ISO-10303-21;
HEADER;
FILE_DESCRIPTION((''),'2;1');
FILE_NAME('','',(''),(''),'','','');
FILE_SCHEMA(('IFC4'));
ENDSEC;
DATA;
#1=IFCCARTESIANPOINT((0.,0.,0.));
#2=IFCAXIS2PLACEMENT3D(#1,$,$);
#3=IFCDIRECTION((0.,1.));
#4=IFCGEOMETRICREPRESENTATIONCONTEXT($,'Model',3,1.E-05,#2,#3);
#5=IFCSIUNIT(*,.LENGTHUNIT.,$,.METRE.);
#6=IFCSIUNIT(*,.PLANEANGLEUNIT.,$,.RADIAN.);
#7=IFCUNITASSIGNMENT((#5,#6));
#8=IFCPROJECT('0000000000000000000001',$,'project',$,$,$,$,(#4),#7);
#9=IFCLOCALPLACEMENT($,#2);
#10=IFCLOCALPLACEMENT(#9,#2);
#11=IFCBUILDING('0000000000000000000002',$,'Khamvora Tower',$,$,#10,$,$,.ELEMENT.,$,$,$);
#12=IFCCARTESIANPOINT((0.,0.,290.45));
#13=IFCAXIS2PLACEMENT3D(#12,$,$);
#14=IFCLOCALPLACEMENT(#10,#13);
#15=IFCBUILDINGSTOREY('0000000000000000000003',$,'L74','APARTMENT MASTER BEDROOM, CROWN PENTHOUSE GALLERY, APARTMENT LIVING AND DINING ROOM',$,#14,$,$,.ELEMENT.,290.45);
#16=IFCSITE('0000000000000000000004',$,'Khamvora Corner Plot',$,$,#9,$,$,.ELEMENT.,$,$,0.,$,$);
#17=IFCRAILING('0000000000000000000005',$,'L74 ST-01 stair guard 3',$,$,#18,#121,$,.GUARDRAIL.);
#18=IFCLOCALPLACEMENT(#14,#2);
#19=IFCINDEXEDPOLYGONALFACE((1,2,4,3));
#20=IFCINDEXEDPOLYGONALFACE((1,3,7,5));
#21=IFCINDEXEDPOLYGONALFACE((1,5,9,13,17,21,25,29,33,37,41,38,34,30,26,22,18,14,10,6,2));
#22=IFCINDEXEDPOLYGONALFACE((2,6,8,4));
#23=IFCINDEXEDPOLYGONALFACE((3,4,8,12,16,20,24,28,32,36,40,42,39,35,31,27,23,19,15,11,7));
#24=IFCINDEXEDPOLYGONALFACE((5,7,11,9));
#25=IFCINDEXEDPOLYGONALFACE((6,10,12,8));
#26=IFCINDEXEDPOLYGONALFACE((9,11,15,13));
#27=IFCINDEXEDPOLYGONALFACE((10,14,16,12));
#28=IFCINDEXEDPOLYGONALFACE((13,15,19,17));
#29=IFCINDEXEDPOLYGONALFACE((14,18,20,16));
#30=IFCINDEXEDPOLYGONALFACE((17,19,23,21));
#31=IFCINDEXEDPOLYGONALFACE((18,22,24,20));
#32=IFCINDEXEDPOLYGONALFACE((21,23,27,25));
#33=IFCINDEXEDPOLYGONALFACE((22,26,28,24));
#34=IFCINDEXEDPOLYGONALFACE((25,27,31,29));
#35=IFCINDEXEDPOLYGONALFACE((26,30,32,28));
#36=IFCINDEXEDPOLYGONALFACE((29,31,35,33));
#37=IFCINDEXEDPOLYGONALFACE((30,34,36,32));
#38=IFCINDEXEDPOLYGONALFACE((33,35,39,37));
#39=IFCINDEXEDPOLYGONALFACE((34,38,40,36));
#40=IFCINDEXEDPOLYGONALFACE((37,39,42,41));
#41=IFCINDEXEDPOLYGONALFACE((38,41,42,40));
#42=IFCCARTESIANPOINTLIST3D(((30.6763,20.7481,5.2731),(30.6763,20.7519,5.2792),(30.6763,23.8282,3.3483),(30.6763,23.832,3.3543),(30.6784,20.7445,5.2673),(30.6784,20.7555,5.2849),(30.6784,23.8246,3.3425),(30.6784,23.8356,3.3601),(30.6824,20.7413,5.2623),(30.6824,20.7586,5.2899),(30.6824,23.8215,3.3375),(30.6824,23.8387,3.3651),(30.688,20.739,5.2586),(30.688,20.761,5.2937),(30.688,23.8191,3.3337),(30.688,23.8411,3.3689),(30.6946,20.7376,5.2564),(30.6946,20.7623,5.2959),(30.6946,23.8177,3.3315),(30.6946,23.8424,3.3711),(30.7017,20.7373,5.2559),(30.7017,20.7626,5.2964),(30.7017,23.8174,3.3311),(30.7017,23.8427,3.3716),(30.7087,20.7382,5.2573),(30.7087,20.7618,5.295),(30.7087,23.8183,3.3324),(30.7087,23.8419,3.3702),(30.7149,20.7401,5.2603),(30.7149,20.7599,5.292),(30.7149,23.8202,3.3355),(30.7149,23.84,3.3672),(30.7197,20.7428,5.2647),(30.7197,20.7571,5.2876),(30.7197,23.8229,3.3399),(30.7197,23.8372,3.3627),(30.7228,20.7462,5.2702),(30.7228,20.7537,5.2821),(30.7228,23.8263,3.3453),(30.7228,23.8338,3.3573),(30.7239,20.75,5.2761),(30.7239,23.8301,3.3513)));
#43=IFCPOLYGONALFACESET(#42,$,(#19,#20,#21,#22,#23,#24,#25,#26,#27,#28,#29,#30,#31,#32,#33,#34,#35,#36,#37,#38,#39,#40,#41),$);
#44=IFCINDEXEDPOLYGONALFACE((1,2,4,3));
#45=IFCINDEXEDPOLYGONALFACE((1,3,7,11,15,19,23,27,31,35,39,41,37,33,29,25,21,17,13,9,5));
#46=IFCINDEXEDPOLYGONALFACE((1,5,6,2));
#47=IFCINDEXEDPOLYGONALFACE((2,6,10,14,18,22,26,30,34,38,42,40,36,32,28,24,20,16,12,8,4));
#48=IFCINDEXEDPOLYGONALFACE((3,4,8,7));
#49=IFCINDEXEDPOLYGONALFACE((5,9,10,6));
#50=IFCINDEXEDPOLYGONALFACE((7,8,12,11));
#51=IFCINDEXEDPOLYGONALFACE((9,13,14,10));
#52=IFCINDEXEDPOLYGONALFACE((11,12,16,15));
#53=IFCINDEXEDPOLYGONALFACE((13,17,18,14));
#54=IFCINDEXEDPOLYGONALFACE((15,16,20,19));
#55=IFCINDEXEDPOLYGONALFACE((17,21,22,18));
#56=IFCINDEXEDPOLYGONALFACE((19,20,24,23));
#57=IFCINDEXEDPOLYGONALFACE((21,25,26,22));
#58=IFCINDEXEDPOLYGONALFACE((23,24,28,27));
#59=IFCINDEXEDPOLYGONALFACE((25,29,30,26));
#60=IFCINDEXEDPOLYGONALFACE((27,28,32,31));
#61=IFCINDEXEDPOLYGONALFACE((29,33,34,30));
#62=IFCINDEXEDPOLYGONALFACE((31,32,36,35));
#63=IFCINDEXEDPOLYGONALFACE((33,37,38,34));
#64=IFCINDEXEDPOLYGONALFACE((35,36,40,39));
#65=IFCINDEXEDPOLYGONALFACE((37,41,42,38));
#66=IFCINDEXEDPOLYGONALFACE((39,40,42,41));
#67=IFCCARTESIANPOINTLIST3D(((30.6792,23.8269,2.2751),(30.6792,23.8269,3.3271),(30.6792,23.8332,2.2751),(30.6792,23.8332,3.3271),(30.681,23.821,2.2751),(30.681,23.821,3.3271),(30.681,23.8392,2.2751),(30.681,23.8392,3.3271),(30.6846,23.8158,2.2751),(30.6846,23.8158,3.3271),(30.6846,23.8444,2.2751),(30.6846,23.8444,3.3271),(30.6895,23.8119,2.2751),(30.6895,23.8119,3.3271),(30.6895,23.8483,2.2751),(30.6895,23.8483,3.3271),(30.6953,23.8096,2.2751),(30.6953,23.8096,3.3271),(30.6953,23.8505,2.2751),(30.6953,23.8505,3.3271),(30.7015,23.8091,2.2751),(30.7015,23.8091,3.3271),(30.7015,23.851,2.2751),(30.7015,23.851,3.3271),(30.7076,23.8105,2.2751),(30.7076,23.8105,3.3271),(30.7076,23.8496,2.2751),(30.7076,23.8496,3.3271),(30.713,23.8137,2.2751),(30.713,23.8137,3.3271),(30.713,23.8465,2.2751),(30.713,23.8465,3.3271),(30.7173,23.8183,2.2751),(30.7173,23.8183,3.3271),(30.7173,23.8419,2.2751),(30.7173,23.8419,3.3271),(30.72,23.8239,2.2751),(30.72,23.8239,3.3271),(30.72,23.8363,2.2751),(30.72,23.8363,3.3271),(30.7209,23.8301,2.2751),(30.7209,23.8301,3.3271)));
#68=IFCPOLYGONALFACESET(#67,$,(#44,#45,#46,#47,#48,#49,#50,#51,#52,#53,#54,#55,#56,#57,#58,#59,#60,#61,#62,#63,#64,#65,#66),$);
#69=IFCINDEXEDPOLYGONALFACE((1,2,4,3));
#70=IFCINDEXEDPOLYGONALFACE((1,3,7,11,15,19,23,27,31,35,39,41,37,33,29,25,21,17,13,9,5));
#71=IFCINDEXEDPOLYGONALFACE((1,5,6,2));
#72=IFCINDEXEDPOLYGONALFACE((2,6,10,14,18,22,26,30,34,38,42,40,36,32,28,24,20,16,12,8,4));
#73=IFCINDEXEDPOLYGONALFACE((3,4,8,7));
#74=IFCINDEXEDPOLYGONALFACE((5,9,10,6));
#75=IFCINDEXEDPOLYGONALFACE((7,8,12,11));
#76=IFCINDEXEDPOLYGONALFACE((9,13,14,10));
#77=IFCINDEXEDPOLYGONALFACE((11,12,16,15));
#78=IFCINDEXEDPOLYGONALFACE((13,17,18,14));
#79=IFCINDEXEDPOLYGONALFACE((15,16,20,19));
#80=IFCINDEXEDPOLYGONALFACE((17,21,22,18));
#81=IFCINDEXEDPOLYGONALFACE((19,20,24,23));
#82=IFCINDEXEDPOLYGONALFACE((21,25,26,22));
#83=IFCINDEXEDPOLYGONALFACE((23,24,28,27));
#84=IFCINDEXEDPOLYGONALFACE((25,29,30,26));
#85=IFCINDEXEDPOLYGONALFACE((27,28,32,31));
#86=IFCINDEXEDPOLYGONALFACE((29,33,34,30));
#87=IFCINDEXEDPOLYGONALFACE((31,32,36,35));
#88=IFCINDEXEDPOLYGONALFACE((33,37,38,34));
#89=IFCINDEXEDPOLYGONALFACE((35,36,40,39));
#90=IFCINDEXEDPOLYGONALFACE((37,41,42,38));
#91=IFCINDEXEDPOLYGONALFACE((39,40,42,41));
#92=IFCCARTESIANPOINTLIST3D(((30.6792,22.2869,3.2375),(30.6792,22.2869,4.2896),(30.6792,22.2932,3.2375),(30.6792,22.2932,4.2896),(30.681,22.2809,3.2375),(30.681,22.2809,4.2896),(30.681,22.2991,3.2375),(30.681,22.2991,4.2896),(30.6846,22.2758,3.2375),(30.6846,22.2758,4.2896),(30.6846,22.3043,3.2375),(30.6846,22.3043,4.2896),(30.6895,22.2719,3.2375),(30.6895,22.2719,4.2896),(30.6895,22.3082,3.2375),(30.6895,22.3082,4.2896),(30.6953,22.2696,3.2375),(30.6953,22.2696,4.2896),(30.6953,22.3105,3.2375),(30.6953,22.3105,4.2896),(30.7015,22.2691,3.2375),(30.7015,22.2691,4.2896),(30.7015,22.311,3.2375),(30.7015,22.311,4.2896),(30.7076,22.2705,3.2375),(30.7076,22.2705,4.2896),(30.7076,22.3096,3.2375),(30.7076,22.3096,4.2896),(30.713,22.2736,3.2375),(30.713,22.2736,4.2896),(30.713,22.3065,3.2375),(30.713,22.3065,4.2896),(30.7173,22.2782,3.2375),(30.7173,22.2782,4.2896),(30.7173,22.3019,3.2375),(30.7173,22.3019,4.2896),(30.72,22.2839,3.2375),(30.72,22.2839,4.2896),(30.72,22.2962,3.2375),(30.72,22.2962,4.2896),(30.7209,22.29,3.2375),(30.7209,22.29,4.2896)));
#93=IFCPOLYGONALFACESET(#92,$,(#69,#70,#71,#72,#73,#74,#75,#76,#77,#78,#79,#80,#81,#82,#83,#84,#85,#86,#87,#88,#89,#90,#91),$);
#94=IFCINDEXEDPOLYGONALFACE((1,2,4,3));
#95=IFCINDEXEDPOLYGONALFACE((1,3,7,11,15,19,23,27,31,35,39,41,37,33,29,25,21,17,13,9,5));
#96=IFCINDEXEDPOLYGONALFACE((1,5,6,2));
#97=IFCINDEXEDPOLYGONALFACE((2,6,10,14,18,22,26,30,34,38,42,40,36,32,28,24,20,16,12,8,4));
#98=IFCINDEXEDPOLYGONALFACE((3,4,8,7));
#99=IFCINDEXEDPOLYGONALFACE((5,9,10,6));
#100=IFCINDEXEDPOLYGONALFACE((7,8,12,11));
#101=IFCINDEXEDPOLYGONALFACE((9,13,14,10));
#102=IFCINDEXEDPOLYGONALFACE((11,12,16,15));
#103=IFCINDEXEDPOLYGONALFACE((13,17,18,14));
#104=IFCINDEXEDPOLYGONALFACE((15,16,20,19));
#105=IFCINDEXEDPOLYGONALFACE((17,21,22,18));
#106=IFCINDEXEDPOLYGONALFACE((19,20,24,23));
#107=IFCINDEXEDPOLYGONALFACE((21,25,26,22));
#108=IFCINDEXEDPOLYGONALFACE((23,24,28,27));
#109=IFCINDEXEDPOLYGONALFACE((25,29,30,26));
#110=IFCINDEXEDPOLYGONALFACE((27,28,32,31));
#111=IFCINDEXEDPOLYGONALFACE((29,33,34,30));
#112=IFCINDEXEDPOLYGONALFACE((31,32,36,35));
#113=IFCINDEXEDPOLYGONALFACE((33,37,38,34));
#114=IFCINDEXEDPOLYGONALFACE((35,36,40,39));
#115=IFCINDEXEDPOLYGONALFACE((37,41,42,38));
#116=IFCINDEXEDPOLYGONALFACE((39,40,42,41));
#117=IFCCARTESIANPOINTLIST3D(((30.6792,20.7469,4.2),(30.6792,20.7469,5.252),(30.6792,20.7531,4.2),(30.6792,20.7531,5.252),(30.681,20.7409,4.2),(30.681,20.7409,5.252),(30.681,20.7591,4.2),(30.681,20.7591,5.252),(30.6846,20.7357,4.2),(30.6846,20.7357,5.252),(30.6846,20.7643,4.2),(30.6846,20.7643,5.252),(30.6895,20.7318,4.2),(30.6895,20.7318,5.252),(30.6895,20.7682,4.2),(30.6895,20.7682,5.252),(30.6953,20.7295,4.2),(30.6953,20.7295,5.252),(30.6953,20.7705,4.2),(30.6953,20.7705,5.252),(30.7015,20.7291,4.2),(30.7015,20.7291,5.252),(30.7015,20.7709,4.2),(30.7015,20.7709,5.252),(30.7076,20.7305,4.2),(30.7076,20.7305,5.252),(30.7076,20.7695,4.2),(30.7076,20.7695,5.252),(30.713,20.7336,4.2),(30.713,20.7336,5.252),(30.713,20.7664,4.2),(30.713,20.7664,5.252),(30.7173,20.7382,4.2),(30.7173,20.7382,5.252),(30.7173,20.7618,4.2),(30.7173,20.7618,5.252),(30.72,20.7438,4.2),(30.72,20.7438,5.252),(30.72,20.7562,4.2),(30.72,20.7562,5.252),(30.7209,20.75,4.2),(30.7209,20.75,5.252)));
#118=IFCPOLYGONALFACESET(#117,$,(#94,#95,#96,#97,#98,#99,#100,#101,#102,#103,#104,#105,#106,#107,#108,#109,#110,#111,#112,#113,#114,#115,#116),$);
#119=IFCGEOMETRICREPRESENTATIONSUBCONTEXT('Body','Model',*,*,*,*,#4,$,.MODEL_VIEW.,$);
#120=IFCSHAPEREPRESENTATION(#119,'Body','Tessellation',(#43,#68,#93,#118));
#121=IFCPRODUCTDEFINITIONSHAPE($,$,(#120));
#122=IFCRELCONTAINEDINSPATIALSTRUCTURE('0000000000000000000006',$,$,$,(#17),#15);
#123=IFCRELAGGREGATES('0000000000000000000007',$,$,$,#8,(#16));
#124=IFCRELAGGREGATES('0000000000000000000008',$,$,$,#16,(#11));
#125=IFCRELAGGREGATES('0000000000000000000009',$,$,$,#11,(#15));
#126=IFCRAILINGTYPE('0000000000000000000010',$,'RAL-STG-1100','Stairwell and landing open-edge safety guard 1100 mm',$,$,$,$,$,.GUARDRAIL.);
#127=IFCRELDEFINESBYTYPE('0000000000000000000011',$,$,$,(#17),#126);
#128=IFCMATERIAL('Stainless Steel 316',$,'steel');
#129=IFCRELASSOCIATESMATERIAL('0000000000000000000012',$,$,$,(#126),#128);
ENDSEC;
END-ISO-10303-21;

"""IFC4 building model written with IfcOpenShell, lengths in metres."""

from ifc_helpers import new_model, si_unit, direction, frame, origin, origin_2d, place, context, subcontext, project, spatial, circle, extrude, material, type_object, element, save


model = new_model("IFC4")

# Units and contexts
model_context = context("Model", 3, precision=1e-05, world=origin(), true_north=direction((0.0, 1.0)))
body_context = subcontext(model_context, "Body", "Model", "MODEL_VIEW")
ifc_project = project(units=[si_unit("LENGTHUNIT", "METRE"), si_unit("PLANEANGLEUNIT", "RADIAN")], contexts=[model_context])

# Site, building, storey
site_placement = place(None, origin())
site = spatial("IfcSite", under=ifc_project, at=site_placement, Name="Khamvora Corner Plot", CompositionType="ELEMENT", RefElevation=0.0)
building_placement = place(site_placement, origin())
building = spatial("IfcBuilding", under=site, at=building_placement, Name="Khamvora Tower", CompositionType="ELEMENT")
storey_placement = place(building_placement, frame((0.0, 0.0, 290.45)))
storey = spatial("IfcBuildingStorey", under=building, at=storey_placement, Name="L74", Description="APARTMENT MASTER BEDROOM, CROWN PENTHOUSE GALLERY, APARTMENT LIVING AND DINING ROOM", CompositionType="ELEMENT", Elevation=290.45)

# Railing
ifc_material_1 = material(Name="Stainless Steel 316", Category="steel")
railing_type_1 = type_object("IfcRailingType", Name="RAL-STG-1100", Description="Stairwell and landing open-edge safety guard 1100 mm", PredefinedType="GUARDRAIL", material=ifc_material_1)
railing_1_placement = place(storey_placement, frame((30.7, 23.8301, 2.2751)))
element("IfcRailing", 1, at=railing_1_placement, inside=storey, type_object=railing_type_1, Name="L74 ST-01 stair guard 3", PredefinedType="GUARDRAIL", context=body_context, shape_type="SweptSolid", body=[
    extrude(circle(Radius=0.0239, at=origin_2d()), frame((0.0, 0.0, 1.0762), z_axis=(0.0, -0.848029, 0.529951), x_axis=(1.0, 0.0, 0.0)), (0.0, 0.0, 1.0), 3.6321),
    extrude(circle(Radius=0.021, at=origin_2d()), origin(), (0.0, 0.0, 1.0), 1.052),
    extrude(circle(Radius=0.021, at=origin_2d()), frame((0.0, -1.54, 0.9624)), (0.0, 0.0, 1.0), 1.052),
    extrude(circle(Radius=0.021, at=origin_2d()), frame((0.0, -3.0801, 1.9248)), (0.0, 0.0, 1.0), 1.052),
])

save(model, "model.ifc")
